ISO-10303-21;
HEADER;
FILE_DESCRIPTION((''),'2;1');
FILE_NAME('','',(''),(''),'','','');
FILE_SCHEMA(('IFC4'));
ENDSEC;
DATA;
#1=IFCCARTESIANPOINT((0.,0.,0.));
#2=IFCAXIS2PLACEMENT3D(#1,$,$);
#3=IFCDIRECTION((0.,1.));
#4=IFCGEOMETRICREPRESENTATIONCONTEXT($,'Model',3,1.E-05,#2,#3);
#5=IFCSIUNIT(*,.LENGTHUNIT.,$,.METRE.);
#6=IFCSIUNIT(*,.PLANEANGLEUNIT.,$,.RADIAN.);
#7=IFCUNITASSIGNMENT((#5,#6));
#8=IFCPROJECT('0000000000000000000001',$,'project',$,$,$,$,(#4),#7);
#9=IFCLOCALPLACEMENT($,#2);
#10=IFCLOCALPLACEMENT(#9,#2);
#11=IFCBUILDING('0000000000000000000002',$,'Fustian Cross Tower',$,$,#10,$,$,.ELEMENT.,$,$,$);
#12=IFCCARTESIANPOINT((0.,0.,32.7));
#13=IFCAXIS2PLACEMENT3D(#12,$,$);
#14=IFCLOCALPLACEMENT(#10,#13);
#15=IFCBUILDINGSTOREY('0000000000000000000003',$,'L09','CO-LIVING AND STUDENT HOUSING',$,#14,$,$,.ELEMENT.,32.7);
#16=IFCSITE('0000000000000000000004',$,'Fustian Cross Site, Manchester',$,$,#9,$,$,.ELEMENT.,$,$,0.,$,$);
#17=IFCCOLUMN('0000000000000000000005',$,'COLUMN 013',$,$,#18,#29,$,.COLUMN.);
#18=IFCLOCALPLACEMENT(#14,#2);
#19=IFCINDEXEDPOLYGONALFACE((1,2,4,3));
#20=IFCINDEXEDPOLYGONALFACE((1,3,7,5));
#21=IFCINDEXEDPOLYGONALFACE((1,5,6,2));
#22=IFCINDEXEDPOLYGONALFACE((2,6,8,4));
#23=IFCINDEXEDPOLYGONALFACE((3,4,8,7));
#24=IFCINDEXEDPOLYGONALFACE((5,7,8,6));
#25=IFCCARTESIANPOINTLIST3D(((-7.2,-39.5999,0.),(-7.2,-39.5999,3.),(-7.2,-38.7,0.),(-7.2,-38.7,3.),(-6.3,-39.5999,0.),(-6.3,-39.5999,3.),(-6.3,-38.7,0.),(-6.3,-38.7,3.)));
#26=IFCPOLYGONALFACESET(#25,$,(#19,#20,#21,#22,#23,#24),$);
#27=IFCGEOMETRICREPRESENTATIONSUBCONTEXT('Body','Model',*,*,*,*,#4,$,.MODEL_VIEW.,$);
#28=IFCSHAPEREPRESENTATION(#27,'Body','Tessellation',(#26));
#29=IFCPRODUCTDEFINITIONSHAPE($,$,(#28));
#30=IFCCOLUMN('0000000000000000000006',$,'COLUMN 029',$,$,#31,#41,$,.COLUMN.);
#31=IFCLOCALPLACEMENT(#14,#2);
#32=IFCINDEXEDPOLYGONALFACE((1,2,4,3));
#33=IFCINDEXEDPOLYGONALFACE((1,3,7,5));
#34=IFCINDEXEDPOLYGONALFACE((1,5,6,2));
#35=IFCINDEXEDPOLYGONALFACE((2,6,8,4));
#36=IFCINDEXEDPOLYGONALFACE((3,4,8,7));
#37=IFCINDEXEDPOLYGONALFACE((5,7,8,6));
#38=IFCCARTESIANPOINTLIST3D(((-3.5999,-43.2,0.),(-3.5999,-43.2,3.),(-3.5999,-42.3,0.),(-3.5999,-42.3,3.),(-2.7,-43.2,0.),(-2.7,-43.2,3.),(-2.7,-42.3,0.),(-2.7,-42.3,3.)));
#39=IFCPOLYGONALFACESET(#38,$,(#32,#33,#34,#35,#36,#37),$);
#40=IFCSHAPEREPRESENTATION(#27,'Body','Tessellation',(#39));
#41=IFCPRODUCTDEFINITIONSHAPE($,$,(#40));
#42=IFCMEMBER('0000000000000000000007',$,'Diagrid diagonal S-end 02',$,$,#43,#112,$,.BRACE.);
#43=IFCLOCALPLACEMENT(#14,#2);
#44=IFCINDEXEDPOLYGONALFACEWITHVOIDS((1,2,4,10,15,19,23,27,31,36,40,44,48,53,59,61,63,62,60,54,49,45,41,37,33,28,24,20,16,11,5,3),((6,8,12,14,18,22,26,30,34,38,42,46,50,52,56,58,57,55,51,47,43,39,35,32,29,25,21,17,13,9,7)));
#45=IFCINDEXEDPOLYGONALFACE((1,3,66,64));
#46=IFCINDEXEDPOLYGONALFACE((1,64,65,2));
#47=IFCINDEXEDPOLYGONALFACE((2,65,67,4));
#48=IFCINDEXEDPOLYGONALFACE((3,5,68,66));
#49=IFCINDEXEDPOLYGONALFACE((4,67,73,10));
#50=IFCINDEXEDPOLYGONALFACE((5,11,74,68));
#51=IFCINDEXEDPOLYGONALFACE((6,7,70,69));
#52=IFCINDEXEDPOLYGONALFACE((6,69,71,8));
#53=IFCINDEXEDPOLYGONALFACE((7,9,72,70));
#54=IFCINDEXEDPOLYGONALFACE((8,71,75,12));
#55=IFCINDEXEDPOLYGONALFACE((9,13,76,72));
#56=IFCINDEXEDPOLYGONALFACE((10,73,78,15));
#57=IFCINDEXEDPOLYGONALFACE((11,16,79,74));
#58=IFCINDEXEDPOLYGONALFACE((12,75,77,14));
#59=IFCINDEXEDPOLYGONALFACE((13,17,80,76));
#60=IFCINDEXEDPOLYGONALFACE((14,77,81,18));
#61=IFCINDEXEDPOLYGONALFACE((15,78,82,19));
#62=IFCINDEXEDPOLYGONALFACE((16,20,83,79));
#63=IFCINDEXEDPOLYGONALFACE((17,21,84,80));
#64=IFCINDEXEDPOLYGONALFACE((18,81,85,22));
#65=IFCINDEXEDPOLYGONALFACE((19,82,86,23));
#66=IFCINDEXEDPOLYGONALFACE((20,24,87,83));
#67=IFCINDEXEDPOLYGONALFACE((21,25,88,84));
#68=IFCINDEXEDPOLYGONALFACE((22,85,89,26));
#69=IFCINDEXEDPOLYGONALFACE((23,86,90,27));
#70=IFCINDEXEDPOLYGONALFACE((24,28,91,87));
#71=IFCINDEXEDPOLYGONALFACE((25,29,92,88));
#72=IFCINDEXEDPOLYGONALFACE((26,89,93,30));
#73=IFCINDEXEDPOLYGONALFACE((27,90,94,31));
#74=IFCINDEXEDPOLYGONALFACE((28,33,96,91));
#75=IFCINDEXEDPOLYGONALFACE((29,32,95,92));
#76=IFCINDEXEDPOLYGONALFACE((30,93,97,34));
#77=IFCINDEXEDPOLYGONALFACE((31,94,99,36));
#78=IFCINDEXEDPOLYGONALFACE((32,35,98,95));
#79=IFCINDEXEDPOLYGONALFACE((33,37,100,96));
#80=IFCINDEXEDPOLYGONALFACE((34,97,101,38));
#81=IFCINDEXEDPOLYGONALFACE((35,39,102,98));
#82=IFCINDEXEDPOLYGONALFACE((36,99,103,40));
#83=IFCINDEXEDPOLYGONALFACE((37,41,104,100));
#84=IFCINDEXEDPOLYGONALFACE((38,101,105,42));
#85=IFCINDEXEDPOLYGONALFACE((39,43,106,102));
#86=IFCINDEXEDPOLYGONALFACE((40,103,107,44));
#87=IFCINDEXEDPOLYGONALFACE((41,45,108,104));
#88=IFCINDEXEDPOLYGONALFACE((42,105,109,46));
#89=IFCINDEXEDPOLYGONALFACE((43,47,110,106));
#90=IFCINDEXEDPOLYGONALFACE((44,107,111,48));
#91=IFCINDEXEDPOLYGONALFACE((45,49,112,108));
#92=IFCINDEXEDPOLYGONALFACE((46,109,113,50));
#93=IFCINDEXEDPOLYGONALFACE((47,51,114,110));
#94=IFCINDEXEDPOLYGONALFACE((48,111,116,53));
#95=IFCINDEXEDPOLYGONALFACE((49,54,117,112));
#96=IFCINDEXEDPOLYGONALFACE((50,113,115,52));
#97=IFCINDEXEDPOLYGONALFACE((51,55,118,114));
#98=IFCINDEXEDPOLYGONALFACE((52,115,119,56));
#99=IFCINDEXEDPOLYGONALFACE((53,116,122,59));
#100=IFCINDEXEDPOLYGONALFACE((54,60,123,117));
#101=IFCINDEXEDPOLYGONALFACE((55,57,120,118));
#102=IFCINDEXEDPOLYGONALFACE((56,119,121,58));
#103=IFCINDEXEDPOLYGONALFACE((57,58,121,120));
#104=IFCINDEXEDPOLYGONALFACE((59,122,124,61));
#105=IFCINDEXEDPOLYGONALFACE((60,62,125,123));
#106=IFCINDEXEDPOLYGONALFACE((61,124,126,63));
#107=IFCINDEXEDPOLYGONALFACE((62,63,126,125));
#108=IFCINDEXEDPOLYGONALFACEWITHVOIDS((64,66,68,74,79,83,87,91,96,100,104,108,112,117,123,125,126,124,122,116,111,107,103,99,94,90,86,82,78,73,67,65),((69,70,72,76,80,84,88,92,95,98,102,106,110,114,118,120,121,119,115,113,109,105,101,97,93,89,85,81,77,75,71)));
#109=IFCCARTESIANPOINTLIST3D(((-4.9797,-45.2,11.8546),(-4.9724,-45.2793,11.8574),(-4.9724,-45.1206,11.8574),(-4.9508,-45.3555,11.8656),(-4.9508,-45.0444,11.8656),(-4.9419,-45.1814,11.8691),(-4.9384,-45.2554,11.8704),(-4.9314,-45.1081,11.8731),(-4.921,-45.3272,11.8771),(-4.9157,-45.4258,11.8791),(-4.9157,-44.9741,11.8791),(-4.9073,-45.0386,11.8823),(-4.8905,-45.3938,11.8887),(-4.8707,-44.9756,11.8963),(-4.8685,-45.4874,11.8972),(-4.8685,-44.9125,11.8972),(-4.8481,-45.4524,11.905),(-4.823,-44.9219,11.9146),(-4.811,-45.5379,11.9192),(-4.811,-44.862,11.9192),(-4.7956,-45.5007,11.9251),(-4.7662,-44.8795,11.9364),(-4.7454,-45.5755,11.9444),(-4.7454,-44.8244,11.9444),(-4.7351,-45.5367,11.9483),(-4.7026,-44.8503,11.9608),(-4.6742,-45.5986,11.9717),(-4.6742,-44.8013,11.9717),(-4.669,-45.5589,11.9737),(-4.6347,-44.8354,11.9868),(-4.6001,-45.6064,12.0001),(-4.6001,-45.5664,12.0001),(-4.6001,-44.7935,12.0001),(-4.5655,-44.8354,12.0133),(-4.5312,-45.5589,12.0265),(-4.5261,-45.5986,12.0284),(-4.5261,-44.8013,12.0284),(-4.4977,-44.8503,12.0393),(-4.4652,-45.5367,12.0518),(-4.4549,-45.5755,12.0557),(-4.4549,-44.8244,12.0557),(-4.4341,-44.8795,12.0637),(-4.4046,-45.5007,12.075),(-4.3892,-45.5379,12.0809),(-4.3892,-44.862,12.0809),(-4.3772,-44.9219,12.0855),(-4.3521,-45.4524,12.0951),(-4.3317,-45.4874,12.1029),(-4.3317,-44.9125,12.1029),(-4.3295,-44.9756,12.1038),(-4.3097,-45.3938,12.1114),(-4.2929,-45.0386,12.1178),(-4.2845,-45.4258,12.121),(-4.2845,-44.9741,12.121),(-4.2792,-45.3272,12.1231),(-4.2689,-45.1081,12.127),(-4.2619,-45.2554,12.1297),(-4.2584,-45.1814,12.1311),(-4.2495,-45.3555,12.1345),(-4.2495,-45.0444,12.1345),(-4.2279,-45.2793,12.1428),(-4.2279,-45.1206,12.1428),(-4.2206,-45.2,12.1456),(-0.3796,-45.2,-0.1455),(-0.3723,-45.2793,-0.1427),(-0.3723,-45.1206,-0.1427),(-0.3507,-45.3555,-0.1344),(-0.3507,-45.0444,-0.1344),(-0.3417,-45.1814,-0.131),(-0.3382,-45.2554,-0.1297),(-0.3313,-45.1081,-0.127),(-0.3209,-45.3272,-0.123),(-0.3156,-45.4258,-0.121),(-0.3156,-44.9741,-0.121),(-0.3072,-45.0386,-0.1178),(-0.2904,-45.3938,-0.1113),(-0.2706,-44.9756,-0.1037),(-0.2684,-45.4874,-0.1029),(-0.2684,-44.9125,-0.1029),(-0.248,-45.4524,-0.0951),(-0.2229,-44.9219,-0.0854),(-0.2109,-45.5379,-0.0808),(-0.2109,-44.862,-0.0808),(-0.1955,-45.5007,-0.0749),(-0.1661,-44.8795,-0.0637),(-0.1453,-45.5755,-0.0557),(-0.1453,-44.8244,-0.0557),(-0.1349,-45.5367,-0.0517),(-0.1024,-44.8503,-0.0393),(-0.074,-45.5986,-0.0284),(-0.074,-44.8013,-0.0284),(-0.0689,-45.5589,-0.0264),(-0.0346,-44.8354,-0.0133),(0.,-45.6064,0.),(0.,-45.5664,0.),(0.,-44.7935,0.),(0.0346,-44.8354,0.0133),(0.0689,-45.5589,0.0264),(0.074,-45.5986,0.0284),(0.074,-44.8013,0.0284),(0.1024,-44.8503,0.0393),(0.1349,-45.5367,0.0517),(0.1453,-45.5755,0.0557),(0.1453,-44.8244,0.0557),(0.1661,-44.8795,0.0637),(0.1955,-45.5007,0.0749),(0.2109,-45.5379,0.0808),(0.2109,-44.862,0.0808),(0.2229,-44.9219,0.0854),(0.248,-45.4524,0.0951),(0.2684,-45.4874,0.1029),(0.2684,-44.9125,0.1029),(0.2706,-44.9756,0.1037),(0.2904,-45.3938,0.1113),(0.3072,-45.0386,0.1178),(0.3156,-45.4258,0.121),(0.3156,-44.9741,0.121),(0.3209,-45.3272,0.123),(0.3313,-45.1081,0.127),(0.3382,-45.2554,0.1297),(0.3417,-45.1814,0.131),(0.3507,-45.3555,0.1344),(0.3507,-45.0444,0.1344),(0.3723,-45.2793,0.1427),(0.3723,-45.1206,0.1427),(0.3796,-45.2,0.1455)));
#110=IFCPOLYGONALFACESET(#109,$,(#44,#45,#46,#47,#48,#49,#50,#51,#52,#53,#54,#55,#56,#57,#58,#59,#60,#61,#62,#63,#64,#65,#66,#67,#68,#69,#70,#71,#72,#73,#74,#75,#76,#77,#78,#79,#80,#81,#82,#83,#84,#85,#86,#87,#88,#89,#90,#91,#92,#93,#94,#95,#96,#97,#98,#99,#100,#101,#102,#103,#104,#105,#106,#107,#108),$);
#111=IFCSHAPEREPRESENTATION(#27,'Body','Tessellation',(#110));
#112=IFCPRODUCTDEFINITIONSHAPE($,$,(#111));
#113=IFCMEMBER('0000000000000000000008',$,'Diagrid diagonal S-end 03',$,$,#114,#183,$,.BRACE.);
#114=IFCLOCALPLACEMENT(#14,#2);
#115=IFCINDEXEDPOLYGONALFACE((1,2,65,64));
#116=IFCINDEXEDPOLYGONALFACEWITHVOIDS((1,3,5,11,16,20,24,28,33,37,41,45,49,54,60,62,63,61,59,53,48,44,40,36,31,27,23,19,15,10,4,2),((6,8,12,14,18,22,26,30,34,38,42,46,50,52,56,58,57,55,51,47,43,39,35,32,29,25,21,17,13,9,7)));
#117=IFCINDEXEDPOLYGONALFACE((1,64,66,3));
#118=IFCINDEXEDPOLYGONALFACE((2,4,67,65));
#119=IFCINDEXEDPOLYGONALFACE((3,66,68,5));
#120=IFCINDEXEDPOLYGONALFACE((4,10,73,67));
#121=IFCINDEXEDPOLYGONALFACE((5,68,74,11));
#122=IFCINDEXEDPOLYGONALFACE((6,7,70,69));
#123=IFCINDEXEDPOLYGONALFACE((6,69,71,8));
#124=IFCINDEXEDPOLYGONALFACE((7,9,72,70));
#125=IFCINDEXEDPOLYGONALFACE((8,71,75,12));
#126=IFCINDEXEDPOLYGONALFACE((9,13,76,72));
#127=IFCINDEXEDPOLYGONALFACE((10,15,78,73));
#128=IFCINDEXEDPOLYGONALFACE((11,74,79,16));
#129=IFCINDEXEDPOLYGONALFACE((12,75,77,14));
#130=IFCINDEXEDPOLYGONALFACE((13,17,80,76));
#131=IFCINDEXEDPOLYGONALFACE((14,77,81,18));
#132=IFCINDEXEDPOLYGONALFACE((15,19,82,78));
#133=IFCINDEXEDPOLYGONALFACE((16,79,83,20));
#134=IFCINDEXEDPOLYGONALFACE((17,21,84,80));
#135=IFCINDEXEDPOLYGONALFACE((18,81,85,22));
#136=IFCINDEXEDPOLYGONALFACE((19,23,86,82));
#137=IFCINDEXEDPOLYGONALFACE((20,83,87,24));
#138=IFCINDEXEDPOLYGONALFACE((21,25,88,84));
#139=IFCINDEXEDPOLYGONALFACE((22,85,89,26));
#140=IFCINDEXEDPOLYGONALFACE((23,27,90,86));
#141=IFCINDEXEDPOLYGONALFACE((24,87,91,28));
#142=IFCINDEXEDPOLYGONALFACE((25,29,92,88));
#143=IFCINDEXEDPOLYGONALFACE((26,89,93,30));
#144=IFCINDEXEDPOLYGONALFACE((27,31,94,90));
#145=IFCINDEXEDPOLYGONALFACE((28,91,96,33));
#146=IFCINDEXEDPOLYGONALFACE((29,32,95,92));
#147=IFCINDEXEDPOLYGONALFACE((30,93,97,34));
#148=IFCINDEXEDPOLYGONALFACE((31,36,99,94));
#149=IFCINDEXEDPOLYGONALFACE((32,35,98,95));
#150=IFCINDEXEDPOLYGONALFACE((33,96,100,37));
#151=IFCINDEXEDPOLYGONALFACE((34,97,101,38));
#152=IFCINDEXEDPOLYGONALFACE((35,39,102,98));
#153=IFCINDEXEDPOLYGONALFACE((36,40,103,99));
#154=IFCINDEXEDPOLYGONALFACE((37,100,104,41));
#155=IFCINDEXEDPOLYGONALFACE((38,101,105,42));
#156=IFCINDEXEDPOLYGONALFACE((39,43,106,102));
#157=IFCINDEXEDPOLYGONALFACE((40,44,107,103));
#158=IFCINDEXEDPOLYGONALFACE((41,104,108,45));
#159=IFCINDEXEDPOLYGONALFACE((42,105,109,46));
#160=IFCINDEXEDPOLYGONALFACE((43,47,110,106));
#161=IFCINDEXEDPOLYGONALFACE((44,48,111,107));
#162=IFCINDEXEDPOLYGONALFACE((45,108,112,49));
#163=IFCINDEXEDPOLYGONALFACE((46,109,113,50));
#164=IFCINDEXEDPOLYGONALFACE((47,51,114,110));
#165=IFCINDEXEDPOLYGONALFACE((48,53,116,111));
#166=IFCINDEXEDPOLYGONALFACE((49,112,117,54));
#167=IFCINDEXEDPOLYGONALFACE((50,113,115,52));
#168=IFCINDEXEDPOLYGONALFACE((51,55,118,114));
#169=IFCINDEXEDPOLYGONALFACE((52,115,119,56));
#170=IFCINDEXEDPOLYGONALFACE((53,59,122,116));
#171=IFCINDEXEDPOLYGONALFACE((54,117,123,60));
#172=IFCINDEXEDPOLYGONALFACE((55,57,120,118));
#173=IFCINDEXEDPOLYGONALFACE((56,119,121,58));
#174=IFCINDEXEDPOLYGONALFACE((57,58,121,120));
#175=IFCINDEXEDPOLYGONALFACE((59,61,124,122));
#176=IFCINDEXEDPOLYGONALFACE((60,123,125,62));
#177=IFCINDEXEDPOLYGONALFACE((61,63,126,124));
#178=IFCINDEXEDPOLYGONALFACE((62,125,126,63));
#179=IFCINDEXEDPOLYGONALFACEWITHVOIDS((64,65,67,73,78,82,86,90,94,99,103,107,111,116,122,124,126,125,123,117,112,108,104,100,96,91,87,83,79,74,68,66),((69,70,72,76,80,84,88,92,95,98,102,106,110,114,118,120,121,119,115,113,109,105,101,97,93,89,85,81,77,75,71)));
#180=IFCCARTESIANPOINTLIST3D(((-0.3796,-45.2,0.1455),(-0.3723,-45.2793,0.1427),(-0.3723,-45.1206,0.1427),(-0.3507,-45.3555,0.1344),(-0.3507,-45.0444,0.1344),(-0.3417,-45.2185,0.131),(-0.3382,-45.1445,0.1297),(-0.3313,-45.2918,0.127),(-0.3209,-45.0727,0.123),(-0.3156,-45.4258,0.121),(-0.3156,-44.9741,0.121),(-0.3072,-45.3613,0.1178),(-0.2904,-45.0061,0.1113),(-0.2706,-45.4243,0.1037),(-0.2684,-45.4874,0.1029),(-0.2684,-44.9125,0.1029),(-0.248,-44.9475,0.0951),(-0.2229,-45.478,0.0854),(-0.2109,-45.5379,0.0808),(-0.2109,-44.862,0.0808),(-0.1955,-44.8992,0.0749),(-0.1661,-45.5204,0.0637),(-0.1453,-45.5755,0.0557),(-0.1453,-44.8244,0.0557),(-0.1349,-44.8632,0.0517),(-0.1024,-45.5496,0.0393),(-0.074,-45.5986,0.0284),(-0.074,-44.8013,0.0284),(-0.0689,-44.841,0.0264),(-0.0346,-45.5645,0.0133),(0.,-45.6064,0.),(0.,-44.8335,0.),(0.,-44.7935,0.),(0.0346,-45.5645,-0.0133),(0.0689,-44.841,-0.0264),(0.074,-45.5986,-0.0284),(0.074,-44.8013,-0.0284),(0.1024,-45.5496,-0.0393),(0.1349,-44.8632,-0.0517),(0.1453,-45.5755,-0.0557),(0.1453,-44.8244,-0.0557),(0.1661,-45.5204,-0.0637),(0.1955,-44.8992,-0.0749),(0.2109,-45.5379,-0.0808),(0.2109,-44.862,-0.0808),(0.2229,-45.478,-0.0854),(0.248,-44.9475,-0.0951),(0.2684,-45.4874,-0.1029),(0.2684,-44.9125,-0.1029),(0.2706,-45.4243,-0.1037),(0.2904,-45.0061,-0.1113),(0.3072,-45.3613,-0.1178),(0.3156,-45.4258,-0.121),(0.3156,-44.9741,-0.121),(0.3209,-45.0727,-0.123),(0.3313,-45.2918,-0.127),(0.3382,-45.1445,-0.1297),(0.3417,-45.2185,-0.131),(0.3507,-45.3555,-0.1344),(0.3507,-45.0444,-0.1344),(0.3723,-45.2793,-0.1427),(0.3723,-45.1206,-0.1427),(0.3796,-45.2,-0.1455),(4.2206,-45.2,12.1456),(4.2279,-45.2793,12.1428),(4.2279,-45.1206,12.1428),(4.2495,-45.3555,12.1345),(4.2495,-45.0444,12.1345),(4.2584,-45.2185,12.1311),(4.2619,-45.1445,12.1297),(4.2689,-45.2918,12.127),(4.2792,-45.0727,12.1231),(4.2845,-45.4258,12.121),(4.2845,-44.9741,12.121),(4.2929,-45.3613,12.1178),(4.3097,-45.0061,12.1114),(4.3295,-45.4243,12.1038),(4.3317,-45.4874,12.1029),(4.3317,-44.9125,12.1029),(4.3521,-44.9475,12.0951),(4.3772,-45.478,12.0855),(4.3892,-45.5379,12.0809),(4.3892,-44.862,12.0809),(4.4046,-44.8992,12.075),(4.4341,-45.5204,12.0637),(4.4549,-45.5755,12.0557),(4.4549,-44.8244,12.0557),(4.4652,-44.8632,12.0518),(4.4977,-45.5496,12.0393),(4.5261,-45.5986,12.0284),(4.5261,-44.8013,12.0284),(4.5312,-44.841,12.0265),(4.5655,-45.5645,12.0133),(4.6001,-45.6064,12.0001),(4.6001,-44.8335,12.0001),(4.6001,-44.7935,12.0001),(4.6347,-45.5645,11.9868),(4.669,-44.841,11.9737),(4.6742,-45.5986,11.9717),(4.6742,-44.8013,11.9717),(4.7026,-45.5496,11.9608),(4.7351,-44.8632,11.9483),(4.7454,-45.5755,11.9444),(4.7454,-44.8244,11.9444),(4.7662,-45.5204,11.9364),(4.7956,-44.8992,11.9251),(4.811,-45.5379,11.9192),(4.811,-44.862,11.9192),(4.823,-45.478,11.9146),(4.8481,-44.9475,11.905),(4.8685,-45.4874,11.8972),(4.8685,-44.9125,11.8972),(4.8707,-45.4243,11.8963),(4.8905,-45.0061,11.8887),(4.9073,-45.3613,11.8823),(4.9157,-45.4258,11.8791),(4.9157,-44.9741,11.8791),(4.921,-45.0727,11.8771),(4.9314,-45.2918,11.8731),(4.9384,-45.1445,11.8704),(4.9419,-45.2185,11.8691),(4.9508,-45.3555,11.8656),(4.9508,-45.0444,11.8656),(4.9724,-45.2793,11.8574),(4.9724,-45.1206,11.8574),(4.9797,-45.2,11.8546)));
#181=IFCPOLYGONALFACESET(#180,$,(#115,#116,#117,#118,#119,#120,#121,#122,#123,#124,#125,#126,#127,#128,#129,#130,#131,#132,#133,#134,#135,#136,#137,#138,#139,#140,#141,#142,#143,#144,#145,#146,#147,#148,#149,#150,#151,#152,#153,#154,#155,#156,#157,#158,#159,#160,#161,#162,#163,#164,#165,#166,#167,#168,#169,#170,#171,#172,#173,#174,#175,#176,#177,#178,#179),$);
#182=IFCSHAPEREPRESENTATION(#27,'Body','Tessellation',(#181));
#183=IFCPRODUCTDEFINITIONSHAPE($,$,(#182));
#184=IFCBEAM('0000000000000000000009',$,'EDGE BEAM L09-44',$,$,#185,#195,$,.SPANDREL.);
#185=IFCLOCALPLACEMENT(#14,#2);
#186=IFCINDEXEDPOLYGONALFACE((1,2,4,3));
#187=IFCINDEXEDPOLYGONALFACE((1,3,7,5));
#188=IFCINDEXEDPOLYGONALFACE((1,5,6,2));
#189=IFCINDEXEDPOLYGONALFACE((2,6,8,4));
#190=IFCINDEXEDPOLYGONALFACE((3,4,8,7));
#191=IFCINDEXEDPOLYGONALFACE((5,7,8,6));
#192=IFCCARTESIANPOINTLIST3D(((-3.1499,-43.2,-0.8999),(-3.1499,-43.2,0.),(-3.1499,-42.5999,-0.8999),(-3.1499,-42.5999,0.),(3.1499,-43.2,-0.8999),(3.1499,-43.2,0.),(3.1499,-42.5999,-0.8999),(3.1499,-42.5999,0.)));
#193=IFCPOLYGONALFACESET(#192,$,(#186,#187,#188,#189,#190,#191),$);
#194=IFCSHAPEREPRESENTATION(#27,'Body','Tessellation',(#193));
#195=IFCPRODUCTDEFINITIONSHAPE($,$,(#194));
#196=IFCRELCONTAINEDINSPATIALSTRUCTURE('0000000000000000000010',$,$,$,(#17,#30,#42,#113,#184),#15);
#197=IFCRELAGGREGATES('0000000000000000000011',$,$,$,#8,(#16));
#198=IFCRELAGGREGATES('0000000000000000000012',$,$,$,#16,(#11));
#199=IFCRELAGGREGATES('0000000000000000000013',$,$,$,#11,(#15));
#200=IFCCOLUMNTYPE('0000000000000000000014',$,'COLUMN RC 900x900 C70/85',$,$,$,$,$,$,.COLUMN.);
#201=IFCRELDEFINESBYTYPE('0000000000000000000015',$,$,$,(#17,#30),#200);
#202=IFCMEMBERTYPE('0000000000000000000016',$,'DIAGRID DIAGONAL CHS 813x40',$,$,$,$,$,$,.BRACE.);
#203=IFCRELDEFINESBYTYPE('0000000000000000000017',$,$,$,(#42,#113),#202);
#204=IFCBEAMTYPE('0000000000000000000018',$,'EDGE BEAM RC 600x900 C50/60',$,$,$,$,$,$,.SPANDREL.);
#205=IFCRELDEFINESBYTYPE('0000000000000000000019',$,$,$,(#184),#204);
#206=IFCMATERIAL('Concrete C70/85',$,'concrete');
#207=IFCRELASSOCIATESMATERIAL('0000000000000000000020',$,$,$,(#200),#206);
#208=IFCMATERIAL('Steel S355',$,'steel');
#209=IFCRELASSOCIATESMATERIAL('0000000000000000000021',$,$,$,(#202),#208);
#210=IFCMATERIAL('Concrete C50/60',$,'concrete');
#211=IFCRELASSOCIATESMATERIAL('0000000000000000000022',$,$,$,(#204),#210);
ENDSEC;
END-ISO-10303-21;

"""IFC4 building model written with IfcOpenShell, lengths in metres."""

from ifc_helpers import new_model, si_unit, direction, frame, origin, origin_2d, place, context, subcontext, project, spatial, rectangle, hollow_circle, extrude, material, material_profile, profile_set, type_object, element, save


model = new_model("IFC4")

# Units and contexts
model_context = context("Model", 3, precision=1e-05, world=origin(), true_north=direction((0.0, 1.0)))
body_context = subcontext(model_context, "Body", "Model", "MODEL_VIEW")
ifc_project = project(units=[si_unit("LENGTHUNIT", "METRE"), si_unit("PLANEANGLEUNIT", "RADIAN")], contexts=[model_context])

# Site, building, storey
site_placement = place(None, origin())
site = spatial("IfcSite", under=ifc_project, at=site_placement, Name="Fustian Cross Site, Manchester", CompositionType="ELEMENT", RefElevation=0.0)
building_placement = place(site_placement, origin())
building = spatial("IfcBuilding", under=site, at=building_placement, Name="Fustian Cross Tower", CompositionType="ELEMENT")
storey_placement = place(building_placement, frame((0.0, 0.0, 32.7)))
storey = spatial("IfcBuildingStorey", under=building, at=storey_placement, Name="L09", Description="CO-LIVING AND STUDENT HOUSING", CompositionType="ELEMENT", Elevation=32.7)

# Columns
ifc_material_1 = material(Name="Concrete C70/85", Category="concrete")
ifc_material_profile_1 = material_profile(ifc_material_1, rectangle(XDim=0.8999, YDim=0.8999, at=origin_2d()), Name="RC 900x900")
ifc_profile_set_1 = profile_set([ifc_material_profile_1], Name="Concrete C70/85")
column_type = type_object("IfcColumnType", Name="COLUMN RC 900x900 C70/85", PredefinedType="COLUMN", material=ifc_profile_set_1)
for number, where, z_axis, x_axis, name in (
    (1, (-6.75, -39.1499, 0.0), (0.0, 0.0, 1.0), (1.0, 0.0, 0.0), "COLUMN 013"),
    (2, (-3.1499, -42.75, 0.0), (0.0, 0.0, 1.0), (1.0, 0.0, 0.0), "COLUMN 029"),
):
    element("IfcColumn", number, at=place(storey_placement, frame(where, z_axis=z_axis, x_axis=x_axis)), inside=storey, type_object=column_type, Name=name, PredefinedType="COLUMN", context=body_context, shape_type="SweptSolid", body=[
        extrude(rectangle(XDim=0.8999, YDim=0.8999, at=origin_2d()), origin(), (0.0, 0.0, 1.0), 3.0),
    ])

# Members
ifc_material_2 = material(Name="Steel S355", Category="steel")
ifc_material_profile_2 = material_profile(ifc_material_2, hollow_circle(Radius=0.4065, WallThickness=0.04, at=origin_2d()), Name="CHS 813x40")
ifc_profile_set_2 = profile_set([ifc_material_profile_2], Name="Steel S355")
member_type = type_object("IfcMemberType", Name="DIAGRID DIAGONAL CHS 813x40", PredefinedType="BRACE", material=ifc_profile_set_2)
for number, where, z_axis, x_axis, name in (
    (3, (0.0, -45.2, 0.0), (-0.357943, 0.0, 0.933744), (0.0, -1.0, 0.0), "Diagrid diagonal S-end 02"),
    (4, (0.0, -45.2, 0.0), (0.357943, 0.0, 0.933744), (0.0, 1.0, 0.0), "Diagrid diagonal S-end 03"),
):
    element("IfcMember", number, at=place(storey_placement, frame(where, z_axis=z_axis, x_axis=x_axis)), inside=storey, type_object=member_type, Name=name, PredefinedType="BRACE", context=body_context, shape_type="SweptSolid", body=[
        extrude(hollow_circle(Radius=0.4065, WallThickness=0.04, at=origin_2d()), origin(), (0.0, 0.0, 1.0), 12.8516),
    ])

# Beam
ifc_material_3 = material(Name="Concrete C50/60", Category="concrete")
ifc_material_profile_3 = material_profile(ifc_material_3, rectangle(XDim=0.6001, YDim=0.8999, at=origin_2d()), Name="RC 600x900")
ifc_profile_set_3 = profile_set([ifc_material_profile_3], Name="Concrete C50/60")
beam_type = type_object("IfcBeamType", Name="EDGE BEAM RC 600x900 C50/60", PredefinedType="SPANDREL", material=ifc_profile_set_3)
beam_placement = place(storey_placement, frame((-3.1499, -42.8999, -0.45), z_axis=(1.0, 0.0, 0.0), x_axis=(0.0, 1.0, 0.0)))
element("IfcBeam", 5, at=beam_placement, inside=storey, type_object=beam_type, Name="EDGE BEAM L09-44", PredefinedType="SPANDREL", context=body_context, shape_type="SweptSolid", body=[
    extrude(rectangle(XDim=0.6001, YDim=0.8999, at=origin_2d()), origin(), (0.0, 0.0, 1.0), 6.2998),
])

save(model, "model.ifc")
